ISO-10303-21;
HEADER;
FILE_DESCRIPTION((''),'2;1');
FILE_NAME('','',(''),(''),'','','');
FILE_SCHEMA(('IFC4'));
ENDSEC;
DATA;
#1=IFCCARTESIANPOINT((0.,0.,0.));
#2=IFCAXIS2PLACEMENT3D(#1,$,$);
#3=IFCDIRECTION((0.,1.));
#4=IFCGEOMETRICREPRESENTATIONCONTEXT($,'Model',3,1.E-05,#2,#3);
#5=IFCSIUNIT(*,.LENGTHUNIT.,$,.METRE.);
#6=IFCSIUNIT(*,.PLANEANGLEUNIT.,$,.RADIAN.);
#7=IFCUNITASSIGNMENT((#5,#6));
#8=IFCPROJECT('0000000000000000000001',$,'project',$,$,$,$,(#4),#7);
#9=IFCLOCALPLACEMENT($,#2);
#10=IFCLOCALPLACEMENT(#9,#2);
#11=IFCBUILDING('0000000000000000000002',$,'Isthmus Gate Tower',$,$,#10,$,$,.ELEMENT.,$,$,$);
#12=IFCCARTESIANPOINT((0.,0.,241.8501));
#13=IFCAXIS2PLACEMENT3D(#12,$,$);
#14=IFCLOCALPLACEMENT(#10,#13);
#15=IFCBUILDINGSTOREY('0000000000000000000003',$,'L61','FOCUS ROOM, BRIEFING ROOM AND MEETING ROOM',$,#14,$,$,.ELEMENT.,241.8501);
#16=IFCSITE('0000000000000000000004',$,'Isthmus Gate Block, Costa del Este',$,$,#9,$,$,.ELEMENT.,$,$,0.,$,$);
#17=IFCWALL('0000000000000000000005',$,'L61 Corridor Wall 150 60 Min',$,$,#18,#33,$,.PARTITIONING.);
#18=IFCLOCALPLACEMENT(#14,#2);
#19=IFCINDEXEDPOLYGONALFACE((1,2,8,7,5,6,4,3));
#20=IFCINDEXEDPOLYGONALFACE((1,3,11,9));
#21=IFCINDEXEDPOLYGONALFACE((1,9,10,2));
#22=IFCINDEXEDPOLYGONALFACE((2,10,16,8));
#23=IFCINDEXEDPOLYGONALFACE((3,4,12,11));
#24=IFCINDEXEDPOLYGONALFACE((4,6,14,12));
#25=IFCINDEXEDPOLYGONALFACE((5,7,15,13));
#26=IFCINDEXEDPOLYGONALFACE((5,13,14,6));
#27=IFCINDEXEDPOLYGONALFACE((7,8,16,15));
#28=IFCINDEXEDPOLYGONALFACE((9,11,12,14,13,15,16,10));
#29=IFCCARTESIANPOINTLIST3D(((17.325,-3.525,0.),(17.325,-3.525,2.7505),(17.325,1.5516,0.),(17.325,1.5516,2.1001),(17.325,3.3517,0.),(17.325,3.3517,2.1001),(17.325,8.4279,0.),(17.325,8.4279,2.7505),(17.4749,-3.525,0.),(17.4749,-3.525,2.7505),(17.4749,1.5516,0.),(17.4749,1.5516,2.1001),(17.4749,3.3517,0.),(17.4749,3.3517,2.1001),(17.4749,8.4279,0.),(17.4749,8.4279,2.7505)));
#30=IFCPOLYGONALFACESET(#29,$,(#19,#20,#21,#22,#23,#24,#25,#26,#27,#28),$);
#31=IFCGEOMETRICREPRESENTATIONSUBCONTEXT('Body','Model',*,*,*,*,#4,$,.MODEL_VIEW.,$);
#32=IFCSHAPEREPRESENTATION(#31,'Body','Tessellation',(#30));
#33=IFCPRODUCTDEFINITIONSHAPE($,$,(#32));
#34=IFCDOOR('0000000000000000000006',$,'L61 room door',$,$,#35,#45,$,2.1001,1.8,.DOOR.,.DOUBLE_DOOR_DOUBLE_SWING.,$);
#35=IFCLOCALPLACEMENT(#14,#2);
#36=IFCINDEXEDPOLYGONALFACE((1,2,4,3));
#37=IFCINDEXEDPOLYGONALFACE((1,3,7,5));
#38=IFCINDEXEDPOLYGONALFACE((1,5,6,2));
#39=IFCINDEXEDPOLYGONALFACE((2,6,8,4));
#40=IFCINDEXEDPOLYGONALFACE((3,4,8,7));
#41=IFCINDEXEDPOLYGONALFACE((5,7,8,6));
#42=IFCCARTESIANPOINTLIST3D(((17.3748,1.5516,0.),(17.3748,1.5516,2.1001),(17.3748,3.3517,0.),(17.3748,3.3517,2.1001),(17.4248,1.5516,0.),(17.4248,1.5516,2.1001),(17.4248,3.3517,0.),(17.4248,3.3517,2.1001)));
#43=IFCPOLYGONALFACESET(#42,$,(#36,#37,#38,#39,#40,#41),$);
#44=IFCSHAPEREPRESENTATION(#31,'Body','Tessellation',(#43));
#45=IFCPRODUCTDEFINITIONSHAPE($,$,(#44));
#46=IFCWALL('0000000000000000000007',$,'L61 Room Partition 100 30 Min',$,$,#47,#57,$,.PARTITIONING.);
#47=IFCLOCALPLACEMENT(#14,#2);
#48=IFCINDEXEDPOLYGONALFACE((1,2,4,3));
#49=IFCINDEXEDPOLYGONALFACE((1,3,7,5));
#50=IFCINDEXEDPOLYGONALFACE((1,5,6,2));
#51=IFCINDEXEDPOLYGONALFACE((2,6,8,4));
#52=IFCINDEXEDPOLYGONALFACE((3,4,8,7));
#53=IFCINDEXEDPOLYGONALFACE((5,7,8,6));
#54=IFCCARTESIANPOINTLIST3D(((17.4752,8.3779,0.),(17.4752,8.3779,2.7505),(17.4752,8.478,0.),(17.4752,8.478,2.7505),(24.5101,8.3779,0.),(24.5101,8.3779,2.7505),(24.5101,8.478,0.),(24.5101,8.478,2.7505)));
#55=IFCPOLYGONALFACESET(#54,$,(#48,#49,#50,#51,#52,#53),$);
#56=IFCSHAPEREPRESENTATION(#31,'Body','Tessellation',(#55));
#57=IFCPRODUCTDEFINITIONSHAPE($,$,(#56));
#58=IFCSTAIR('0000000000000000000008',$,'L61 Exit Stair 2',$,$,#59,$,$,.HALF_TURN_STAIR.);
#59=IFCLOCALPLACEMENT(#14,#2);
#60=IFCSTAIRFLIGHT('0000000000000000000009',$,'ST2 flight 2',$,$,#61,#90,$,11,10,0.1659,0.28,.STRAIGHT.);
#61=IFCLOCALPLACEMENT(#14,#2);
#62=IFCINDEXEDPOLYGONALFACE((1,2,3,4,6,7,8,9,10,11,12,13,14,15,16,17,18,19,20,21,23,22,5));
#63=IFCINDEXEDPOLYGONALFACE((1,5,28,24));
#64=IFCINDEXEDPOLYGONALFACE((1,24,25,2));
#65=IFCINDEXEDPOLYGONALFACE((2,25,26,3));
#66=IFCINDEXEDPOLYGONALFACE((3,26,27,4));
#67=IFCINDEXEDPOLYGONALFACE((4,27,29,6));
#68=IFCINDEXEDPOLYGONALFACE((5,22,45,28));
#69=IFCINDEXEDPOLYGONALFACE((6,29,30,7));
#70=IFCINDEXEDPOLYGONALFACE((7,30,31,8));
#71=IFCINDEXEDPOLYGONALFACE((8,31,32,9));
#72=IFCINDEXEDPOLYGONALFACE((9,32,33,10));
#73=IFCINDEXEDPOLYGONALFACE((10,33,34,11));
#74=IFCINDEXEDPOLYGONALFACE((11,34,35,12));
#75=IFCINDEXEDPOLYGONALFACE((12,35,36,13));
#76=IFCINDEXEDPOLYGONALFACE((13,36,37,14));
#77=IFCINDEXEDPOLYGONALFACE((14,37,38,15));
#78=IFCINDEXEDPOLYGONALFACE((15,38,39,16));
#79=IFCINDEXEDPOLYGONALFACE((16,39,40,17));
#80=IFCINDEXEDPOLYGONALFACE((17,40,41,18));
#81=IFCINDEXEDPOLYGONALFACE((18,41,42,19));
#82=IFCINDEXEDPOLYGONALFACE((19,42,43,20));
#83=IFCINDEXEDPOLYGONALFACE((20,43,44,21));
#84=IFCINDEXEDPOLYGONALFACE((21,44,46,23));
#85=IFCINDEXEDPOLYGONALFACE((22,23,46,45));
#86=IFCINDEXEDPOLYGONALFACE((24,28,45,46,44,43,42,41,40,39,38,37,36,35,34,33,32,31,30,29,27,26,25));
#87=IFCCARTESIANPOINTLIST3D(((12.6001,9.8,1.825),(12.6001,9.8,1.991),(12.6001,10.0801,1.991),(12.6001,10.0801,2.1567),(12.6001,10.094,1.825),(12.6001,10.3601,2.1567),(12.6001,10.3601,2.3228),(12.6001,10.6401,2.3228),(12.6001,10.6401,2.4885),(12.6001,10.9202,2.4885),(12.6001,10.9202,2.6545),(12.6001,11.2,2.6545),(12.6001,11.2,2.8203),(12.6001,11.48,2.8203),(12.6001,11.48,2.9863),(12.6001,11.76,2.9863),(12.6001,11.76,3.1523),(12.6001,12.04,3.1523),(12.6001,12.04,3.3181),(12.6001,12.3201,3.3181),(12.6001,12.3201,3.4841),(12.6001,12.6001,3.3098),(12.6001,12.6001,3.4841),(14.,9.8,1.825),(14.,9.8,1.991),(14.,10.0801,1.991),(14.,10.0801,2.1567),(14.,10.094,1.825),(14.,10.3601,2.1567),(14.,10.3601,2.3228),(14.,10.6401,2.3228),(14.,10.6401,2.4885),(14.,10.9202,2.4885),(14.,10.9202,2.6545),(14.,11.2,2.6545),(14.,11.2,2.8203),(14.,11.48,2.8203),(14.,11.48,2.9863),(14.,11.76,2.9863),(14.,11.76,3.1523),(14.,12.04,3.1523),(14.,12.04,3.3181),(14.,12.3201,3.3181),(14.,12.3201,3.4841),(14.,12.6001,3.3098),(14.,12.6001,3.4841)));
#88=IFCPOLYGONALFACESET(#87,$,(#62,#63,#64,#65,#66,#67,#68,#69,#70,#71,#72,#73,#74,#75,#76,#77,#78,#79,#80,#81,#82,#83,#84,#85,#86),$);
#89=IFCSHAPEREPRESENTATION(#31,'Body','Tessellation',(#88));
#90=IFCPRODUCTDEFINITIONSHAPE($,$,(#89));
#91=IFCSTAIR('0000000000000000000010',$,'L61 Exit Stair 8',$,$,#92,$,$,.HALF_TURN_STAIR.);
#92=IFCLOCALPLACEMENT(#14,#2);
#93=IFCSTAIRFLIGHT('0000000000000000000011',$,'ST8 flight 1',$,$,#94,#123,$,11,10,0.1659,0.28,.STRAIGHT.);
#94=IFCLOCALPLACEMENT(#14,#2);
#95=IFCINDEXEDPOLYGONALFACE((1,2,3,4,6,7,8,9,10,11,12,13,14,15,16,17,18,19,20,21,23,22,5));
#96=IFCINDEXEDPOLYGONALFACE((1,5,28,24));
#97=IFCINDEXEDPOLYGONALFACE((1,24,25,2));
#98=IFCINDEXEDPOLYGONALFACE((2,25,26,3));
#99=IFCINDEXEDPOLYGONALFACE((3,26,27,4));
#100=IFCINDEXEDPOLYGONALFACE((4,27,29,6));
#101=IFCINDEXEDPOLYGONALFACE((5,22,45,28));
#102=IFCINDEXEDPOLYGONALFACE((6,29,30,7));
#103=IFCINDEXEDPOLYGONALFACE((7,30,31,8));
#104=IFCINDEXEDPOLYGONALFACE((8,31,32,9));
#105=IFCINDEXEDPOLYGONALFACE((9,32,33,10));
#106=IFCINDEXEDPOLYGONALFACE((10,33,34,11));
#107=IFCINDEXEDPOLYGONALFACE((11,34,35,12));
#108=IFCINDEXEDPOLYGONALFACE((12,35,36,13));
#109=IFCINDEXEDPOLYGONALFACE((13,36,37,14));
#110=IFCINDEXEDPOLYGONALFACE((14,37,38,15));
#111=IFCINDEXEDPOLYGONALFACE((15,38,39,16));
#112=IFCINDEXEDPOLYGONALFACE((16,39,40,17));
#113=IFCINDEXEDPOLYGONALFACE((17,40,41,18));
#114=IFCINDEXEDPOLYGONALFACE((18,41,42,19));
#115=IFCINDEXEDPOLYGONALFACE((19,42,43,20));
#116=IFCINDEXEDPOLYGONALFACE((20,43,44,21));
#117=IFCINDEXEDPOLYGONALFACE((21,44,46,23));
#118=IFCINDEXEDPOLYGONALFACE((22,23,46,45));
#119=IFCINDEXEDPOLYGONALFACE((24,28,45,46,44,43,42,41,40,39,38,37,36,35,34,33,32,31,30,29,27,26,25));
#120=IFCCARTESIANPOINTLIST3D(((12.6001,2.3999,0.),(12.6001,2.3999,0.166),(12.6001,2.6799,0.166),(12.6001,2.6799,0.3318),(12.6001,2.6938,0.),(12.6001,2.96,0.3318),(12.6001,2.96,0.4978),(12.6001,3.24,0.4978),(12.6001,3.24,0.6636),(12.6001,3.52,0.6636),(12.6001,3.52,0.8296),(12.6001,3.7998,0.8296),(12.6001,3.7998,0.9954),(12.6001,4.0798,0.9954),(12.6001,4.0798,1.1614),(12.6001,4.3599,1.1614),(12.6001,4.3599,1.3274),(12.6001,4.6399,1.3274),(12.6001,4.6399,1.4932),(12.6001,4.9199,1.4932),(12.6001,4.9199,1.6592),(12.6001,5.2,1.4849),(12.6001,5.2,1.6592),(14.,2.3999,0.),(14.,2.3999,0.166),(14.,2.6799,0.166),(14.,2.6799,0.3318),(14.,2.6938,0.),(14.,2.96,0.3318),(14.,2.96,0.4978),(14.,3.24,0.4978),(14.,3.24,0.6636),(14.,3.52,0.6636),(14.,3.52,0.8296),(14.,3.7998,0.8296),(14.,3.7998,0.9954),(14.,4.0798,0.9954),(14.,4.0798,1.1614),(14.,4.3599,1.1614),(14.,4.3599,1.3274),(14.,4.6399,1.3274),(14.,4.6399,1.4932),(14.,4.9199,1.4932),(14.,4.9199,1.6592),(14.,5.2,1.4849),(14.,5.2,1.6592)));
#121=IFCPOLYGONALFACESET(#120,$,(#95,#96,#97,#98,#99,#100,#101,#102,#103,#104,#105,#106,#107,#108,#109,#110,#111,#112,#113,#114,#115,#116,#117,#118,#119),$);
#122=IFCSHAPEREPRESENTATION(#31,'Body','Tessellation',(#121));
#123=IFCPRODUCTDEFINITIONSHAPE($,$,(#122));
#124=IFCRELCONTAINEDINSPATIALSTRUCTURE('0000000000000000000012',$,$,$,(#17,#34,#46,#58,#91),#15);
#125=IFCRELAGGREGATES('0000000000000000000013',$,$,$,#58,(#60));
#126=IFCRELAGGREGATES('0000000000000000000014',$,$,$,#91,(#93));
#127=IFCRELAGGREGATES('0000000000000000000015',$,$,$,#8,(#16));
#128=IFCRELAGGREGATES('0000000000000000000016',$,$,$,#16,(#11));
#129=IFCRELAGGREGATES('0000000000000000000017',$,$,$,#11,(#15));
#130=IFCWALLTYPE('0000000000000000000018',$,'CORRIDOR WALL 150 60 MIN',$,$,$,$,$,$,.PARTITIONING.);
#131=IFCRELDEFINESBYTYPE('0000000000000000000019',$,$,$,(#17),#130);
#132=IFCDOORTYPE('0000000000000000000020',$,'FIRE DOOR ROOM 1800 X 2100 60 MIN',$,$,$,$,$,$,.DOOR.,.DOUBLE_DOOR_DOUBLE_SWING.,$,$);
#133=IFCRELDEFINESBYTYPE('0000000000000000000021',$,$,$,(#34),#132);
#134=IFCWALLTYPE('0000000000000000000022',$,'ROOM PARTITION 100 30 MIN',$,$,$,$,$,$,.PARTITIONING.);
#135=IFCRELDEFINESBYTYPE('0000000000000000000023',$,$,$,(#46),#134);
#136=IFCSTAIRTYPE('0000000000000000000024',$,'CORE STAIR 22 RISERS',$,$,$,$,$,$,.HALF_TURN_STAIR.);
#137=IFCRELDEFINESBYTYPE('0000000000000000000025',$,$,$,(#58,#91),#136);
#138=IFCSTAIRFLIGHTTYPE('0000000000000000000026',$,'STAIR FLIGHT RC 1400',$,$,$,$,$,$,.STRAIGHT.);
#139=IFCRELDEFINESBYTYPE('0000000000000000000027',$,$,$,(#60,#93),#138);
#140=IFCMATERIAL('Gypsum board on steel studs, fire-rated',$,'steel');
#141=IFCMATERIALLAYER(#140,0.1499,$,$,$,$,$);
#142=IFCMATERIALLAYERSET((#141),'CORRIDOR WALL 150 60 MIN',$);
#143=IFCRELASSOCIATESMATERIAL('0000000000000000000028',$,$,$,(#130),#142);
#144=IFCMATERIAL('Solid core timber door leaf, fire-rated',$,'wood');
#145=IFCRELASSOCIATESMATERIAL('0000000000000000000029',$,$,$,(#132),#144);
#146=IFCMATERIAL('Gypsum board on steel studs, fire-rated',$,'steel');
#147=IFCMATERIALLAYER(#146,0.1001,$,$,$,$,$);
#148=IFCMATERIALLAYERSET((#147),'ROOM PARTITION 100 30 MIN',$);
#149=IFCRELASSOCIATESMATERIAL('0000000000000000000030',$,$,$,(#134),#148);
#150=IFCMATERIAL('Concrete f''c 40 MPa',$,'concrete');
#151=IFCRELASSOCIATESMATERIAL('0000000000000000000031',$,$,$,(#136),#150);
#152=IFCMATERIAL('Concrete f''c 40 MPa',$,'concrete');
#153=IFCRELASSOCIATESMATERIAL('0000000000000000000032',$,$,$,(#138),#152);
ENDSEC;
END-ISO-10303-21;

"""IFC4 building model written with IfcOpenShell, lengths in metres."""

from ifc_helpers import new_model, si_unit, direction, frame, frame_2d, origin, place, context, subcontext, project, spatial, polyline, rectangle, outline, extrude, material, layer, layer_set, type_object, element, fill, aggregate, save


model = new_model("IFC4")

# Units and contexts
model_context = context("Model", 3, precision=1e-05, world=origin(), true_north=direction((0.0, 1.0)))
body_context = subcontext(model_context, "Body", "Model", "MODEL_VIEW")
ifc_project = project(units=[si_unit("LENGTHUNIT", "METRE"), si_unit("PLANEANGLEUNIT", "RADIAN")], contexts=[model_context])

# Site, building, storey
site_placement = place(None, origin())
site = spatial("IfcSite", under=ifc_project, at=site_placement, Name="Isthmus Gate Block, Costa del Este", CompositionType="ELEMENT", RefElevation=0.0)
building_placement = place(site_placement, origin())
building = spatial("IfcBuilding", under=site, at=building_placement, Name="Isthmus Gate Tower", CompositionType="ELEMENT")
storey_placement = place(building_placement, frame((0.0, 0.0, 241.8501)))
storey = spatial("IfcBuildingStorey", under=building, at=storey_placement, Name="L61", Description="FOCUS ROOM, BRIEFING ROOM AND MEETING ROOM", CompositionType="ELEMENT", Elevation=241.8501)

# Wall, opening, door
ifc_material_1 = material(Name="Gypsum board on steel studs, fire-rated", Category="steel")
ifc_layer_1 = layer(ifc_material_1, 0.1499)
ifc_layer_set_1 = layer_set([ifc_layer_1], Name="CORRIDOR WALL 150 60 MIN")
wall_type_1 = type_object("IfcWallType", Name="CORRIDOR WALL 150 60 MIN", PredefinedType="PARTITIONING", material=ifc_layer_set_1)
wall_1_placement = place(storey_placement, frame((17.3999, 8.428, 0.0), z_axis=(0.0, 0.0, 1.0), x_axis=(0.0, -1.0, 0.0)))
wall_1 = element("IfcWall", 1, at=wall_1_placement, inside=storey, type_object=wall_type_1, Name="L61 Corridor Wall 150 60 Min", PredefinedType="PARTITIONING", context=body_context, shape_type="SweptSolid", body=[
    extrude(rectangle(XDim=11.9529, YDim=0.1499, at=frame_2d((5.9766, 0.0))), origin(), (0.0, 0.0, 1.0), 2.7505),
])
opening_placement = place(wall_1_placement, frame((5.0764, 0.0, 0.0)))
opening = element("IfcOpeningElement", 2, at=opening_placement, cuts=wall_1, PredefinedType="OPENING", context=body_context, shape_type="SweptSolid", body=[
    extrude(rectangle(XDim=1.8, YDim=2.1001, at=frame_2d((0.8999, 1.05))), frame((0.0, 0.085, 0.0), z_axis=(0.0, -1.0, 0.0), x_axis=(1.0, 0.0, 0.0)), (0.0, 0.0, 1.0), 0.1699),
])
ifc_material_2 = material(Name="Solid core timber door leaf, fire-rated", Category="wood")
door_type = type_object("IfcDoorType", Name="FIRE DOOR ROOM 1800 X 2100 60 MIN", OperationType="DOUBLE_DOOR_DOUBLE_SWING", PredefinedType="DOOR", material=ifc_material_2)
door_placement = place(opening_placement, origin())
door = element("IfcDoor", 3, at=door_placement, inside=storey, type_object=door_type, Name="L61 room door", OperationType="DOUBLE_DOOR_DOUBLE_SWING", OverallHeight=2.1001, OverallWidth=1.8, PredefinedType="DOOR", context=body_context, shape_type="SweptSolid", body=[
    extrude(rectangle(XDim=1.8, YDim=2.1001, at=frame_2d((0.8999, 1.05))), frame((0.0, 0.0249, 0.0), z_axis=(0.0, -1.0, 0.0), x_axis=(1.0, 0.0, 0.0)), (0.0, 0.0, 1.0), 0.05),
])
fill(opening, door)

# Wall
ifc_material_3 = material(Name="Gypsum board on steel studs, fire-rated", Category="steel")
ifc_layer_2 = layer(ifc_material_3, 0.1001)
ifc_layer_set_2 = layer_set([ifc_layer_2], Name="ROOM PARTITION 100 30 MIN")
wall_type_2 = type_object("IfcWallType", Name="ROOM PARTITION 100 30 MIN", PredefinedType="PARTITIONING", material=ifc_layer_set_2)
wall_2_placement = place(storey_placement, frame((17.4751, 8.428, 0.0), z_axis=(0.0, 0.0, 1.0), x_axis=(1.0, 0.0, 0.0)))
element("IfcWall", 4, at=wall_2_placement, inside=storey, type_object=wall_type_2, Name="L61 Room Partition 100 30 Min", PredefinedType="PARTITIONING", context=body_context, shape_type="SweptSolid", body=[
    extrude(rectangle(XDim=7.0349, YDim=0.1001, at=frame_2d((3.5176, 0.0))), origin(), (0.0, 0.0, 1.0), 2.7505),
])

# Stairs, stair flights
ifc_material_4 = material(Name="Concrete f'c 40 MPa", Category="concrete")
stair_type = type_object("IfcStairType", Name="CORE STAIR 22 RISERS", PredefinedType="HALF_TURN_STAIR", material=ifc_material_4)
stair_1_placement = place(storey_placement, origin())
stair_1 = element("IfcStair", 5, at=stair_1_placement, inside=storey, type_object=stair_type, Name="L61 Exit Stair 2", PredefinedType="HALF_TURN_STAIR")
ifc_material_5 = material(Name="Concrete f'c 40 MPa", Category="concrete")
stair_flight_type = type_object("IfcStairFlightType", Name="STAIR FLIGHT RC 1400", PredefinedType="STRAIGHT", material=ifc_material_5)
stair_flight_1_placement = place(storey_placement, frame((13.3, 9.8, 1.825), z_axis=(0.0, 0.0, 1.0), x_axis=(0.0, 1.0, 0.0)))
stair_flight_1 = element("IfcStairFlight", 6, at=stair_flight_1_placement, type_object=stair_flight_type, Name="ST2 flight 2", NumberOfRisers=11, NumberOfTreads=10, PredefinedType="STRAIGHT", RiserHeight=0.1659, TreadLength=0.28, context=body_context, shape_type="SweptSolid", body=[
    extrude(outline(polyline([(0.0, 0.0), (0.0, 0.166), (0.28, 0.166), (0.28, 0.3318), (0.5601, 0.3318), (0.5601, 0.4978), (0.8401, 0.4978), (0.8401, 0.6636), (1.1201, 0.6636), (1.1201, 0.8296), (1.3999, 0.8296), (1.3999, 0.9954), (1.6799, 0.9954), (1.6799, 1.1614), (1.96, 1.1614), (1.96, 1.3274), (2.24, 1.3274), (2.24, 1.4932), (2.52, 1.4932), (2.52, 1.6592), (2.8, 1.6592), (2.8, 1.825), (2.8, 1.4849), (0.2939, 0.0), (0.0, 0.0)])), frame((0.0, 0.7, 0.0), z_axis=(0.0, -1.0, 0.0), x_axis=(1.0, 0.0, 0.0)), (0.0, 0.0, 1.0), 1.3999),
])
aggregate(stair_1, [stair_flight_1])
stair_2_placement = place(storey_placement, origin())
stair_2 = element("IfcStair", 7, at=stair_2_placement, inside=storey, type_object=stair_type, Name="L61 Exit Stair 8", PredefinedType="HALF_TURN_STAIR")
stair_flight_2_placement = place(storey_placement, frame((13.3, 2.3999, 0.0), z_axis=(0.0, 0.0, 1.0), x_axis=(0.0, 1.0, 0.0)))
stair_flight_2 = element("IfcStairFlight", 8, at=stair_flight_2_placement, type_object=stair_flight_type, Name="ST8 flight 1", NumberOfRisers=11, NumberOfTreads=10, PredefinedType="STRAIGHT", RiserHeight=0.1659, TreadLength=0.28, context=body_context, shape_type="SweptSolid", body=[
    extrude(outline(polyline([(0.0, 0.0), (0.0, 0.166), (0.28, 0.166), (0.28, 0.3318), (0.5601, 0.3318), (0.5601, 0.4978), (0.8401, 0.4978), (0.8401, 0.6636), (1.1201, 0.6636), (1.1201, 0.8296), (1.3999, 0.8296), (1.3999, 0.9954), (1.6799, 0.9954), (1.6799, 1.1614), (1.96, 1.1614), (1.96, 1.3274), (2.24, 1.3274), (2.24, 1.4932), (2.52, 1.4932), (2.52, 1.6592), (2.8, 1.6592), (2.8, 1.825), (2.8, 1.4849), (0.2939, 0.0), (0.0, 0.0)])), frame((0.0, 0.7, 0.0), z_axis=(0.0, -1.0, 0.0), x_axis=(1.0, 0.0, 0.0)), (0.0, 0.0, 1.0), 1.3999),
])
aggregate(stair_2, [stair_flight_2])

save(model, "model.ifc")
